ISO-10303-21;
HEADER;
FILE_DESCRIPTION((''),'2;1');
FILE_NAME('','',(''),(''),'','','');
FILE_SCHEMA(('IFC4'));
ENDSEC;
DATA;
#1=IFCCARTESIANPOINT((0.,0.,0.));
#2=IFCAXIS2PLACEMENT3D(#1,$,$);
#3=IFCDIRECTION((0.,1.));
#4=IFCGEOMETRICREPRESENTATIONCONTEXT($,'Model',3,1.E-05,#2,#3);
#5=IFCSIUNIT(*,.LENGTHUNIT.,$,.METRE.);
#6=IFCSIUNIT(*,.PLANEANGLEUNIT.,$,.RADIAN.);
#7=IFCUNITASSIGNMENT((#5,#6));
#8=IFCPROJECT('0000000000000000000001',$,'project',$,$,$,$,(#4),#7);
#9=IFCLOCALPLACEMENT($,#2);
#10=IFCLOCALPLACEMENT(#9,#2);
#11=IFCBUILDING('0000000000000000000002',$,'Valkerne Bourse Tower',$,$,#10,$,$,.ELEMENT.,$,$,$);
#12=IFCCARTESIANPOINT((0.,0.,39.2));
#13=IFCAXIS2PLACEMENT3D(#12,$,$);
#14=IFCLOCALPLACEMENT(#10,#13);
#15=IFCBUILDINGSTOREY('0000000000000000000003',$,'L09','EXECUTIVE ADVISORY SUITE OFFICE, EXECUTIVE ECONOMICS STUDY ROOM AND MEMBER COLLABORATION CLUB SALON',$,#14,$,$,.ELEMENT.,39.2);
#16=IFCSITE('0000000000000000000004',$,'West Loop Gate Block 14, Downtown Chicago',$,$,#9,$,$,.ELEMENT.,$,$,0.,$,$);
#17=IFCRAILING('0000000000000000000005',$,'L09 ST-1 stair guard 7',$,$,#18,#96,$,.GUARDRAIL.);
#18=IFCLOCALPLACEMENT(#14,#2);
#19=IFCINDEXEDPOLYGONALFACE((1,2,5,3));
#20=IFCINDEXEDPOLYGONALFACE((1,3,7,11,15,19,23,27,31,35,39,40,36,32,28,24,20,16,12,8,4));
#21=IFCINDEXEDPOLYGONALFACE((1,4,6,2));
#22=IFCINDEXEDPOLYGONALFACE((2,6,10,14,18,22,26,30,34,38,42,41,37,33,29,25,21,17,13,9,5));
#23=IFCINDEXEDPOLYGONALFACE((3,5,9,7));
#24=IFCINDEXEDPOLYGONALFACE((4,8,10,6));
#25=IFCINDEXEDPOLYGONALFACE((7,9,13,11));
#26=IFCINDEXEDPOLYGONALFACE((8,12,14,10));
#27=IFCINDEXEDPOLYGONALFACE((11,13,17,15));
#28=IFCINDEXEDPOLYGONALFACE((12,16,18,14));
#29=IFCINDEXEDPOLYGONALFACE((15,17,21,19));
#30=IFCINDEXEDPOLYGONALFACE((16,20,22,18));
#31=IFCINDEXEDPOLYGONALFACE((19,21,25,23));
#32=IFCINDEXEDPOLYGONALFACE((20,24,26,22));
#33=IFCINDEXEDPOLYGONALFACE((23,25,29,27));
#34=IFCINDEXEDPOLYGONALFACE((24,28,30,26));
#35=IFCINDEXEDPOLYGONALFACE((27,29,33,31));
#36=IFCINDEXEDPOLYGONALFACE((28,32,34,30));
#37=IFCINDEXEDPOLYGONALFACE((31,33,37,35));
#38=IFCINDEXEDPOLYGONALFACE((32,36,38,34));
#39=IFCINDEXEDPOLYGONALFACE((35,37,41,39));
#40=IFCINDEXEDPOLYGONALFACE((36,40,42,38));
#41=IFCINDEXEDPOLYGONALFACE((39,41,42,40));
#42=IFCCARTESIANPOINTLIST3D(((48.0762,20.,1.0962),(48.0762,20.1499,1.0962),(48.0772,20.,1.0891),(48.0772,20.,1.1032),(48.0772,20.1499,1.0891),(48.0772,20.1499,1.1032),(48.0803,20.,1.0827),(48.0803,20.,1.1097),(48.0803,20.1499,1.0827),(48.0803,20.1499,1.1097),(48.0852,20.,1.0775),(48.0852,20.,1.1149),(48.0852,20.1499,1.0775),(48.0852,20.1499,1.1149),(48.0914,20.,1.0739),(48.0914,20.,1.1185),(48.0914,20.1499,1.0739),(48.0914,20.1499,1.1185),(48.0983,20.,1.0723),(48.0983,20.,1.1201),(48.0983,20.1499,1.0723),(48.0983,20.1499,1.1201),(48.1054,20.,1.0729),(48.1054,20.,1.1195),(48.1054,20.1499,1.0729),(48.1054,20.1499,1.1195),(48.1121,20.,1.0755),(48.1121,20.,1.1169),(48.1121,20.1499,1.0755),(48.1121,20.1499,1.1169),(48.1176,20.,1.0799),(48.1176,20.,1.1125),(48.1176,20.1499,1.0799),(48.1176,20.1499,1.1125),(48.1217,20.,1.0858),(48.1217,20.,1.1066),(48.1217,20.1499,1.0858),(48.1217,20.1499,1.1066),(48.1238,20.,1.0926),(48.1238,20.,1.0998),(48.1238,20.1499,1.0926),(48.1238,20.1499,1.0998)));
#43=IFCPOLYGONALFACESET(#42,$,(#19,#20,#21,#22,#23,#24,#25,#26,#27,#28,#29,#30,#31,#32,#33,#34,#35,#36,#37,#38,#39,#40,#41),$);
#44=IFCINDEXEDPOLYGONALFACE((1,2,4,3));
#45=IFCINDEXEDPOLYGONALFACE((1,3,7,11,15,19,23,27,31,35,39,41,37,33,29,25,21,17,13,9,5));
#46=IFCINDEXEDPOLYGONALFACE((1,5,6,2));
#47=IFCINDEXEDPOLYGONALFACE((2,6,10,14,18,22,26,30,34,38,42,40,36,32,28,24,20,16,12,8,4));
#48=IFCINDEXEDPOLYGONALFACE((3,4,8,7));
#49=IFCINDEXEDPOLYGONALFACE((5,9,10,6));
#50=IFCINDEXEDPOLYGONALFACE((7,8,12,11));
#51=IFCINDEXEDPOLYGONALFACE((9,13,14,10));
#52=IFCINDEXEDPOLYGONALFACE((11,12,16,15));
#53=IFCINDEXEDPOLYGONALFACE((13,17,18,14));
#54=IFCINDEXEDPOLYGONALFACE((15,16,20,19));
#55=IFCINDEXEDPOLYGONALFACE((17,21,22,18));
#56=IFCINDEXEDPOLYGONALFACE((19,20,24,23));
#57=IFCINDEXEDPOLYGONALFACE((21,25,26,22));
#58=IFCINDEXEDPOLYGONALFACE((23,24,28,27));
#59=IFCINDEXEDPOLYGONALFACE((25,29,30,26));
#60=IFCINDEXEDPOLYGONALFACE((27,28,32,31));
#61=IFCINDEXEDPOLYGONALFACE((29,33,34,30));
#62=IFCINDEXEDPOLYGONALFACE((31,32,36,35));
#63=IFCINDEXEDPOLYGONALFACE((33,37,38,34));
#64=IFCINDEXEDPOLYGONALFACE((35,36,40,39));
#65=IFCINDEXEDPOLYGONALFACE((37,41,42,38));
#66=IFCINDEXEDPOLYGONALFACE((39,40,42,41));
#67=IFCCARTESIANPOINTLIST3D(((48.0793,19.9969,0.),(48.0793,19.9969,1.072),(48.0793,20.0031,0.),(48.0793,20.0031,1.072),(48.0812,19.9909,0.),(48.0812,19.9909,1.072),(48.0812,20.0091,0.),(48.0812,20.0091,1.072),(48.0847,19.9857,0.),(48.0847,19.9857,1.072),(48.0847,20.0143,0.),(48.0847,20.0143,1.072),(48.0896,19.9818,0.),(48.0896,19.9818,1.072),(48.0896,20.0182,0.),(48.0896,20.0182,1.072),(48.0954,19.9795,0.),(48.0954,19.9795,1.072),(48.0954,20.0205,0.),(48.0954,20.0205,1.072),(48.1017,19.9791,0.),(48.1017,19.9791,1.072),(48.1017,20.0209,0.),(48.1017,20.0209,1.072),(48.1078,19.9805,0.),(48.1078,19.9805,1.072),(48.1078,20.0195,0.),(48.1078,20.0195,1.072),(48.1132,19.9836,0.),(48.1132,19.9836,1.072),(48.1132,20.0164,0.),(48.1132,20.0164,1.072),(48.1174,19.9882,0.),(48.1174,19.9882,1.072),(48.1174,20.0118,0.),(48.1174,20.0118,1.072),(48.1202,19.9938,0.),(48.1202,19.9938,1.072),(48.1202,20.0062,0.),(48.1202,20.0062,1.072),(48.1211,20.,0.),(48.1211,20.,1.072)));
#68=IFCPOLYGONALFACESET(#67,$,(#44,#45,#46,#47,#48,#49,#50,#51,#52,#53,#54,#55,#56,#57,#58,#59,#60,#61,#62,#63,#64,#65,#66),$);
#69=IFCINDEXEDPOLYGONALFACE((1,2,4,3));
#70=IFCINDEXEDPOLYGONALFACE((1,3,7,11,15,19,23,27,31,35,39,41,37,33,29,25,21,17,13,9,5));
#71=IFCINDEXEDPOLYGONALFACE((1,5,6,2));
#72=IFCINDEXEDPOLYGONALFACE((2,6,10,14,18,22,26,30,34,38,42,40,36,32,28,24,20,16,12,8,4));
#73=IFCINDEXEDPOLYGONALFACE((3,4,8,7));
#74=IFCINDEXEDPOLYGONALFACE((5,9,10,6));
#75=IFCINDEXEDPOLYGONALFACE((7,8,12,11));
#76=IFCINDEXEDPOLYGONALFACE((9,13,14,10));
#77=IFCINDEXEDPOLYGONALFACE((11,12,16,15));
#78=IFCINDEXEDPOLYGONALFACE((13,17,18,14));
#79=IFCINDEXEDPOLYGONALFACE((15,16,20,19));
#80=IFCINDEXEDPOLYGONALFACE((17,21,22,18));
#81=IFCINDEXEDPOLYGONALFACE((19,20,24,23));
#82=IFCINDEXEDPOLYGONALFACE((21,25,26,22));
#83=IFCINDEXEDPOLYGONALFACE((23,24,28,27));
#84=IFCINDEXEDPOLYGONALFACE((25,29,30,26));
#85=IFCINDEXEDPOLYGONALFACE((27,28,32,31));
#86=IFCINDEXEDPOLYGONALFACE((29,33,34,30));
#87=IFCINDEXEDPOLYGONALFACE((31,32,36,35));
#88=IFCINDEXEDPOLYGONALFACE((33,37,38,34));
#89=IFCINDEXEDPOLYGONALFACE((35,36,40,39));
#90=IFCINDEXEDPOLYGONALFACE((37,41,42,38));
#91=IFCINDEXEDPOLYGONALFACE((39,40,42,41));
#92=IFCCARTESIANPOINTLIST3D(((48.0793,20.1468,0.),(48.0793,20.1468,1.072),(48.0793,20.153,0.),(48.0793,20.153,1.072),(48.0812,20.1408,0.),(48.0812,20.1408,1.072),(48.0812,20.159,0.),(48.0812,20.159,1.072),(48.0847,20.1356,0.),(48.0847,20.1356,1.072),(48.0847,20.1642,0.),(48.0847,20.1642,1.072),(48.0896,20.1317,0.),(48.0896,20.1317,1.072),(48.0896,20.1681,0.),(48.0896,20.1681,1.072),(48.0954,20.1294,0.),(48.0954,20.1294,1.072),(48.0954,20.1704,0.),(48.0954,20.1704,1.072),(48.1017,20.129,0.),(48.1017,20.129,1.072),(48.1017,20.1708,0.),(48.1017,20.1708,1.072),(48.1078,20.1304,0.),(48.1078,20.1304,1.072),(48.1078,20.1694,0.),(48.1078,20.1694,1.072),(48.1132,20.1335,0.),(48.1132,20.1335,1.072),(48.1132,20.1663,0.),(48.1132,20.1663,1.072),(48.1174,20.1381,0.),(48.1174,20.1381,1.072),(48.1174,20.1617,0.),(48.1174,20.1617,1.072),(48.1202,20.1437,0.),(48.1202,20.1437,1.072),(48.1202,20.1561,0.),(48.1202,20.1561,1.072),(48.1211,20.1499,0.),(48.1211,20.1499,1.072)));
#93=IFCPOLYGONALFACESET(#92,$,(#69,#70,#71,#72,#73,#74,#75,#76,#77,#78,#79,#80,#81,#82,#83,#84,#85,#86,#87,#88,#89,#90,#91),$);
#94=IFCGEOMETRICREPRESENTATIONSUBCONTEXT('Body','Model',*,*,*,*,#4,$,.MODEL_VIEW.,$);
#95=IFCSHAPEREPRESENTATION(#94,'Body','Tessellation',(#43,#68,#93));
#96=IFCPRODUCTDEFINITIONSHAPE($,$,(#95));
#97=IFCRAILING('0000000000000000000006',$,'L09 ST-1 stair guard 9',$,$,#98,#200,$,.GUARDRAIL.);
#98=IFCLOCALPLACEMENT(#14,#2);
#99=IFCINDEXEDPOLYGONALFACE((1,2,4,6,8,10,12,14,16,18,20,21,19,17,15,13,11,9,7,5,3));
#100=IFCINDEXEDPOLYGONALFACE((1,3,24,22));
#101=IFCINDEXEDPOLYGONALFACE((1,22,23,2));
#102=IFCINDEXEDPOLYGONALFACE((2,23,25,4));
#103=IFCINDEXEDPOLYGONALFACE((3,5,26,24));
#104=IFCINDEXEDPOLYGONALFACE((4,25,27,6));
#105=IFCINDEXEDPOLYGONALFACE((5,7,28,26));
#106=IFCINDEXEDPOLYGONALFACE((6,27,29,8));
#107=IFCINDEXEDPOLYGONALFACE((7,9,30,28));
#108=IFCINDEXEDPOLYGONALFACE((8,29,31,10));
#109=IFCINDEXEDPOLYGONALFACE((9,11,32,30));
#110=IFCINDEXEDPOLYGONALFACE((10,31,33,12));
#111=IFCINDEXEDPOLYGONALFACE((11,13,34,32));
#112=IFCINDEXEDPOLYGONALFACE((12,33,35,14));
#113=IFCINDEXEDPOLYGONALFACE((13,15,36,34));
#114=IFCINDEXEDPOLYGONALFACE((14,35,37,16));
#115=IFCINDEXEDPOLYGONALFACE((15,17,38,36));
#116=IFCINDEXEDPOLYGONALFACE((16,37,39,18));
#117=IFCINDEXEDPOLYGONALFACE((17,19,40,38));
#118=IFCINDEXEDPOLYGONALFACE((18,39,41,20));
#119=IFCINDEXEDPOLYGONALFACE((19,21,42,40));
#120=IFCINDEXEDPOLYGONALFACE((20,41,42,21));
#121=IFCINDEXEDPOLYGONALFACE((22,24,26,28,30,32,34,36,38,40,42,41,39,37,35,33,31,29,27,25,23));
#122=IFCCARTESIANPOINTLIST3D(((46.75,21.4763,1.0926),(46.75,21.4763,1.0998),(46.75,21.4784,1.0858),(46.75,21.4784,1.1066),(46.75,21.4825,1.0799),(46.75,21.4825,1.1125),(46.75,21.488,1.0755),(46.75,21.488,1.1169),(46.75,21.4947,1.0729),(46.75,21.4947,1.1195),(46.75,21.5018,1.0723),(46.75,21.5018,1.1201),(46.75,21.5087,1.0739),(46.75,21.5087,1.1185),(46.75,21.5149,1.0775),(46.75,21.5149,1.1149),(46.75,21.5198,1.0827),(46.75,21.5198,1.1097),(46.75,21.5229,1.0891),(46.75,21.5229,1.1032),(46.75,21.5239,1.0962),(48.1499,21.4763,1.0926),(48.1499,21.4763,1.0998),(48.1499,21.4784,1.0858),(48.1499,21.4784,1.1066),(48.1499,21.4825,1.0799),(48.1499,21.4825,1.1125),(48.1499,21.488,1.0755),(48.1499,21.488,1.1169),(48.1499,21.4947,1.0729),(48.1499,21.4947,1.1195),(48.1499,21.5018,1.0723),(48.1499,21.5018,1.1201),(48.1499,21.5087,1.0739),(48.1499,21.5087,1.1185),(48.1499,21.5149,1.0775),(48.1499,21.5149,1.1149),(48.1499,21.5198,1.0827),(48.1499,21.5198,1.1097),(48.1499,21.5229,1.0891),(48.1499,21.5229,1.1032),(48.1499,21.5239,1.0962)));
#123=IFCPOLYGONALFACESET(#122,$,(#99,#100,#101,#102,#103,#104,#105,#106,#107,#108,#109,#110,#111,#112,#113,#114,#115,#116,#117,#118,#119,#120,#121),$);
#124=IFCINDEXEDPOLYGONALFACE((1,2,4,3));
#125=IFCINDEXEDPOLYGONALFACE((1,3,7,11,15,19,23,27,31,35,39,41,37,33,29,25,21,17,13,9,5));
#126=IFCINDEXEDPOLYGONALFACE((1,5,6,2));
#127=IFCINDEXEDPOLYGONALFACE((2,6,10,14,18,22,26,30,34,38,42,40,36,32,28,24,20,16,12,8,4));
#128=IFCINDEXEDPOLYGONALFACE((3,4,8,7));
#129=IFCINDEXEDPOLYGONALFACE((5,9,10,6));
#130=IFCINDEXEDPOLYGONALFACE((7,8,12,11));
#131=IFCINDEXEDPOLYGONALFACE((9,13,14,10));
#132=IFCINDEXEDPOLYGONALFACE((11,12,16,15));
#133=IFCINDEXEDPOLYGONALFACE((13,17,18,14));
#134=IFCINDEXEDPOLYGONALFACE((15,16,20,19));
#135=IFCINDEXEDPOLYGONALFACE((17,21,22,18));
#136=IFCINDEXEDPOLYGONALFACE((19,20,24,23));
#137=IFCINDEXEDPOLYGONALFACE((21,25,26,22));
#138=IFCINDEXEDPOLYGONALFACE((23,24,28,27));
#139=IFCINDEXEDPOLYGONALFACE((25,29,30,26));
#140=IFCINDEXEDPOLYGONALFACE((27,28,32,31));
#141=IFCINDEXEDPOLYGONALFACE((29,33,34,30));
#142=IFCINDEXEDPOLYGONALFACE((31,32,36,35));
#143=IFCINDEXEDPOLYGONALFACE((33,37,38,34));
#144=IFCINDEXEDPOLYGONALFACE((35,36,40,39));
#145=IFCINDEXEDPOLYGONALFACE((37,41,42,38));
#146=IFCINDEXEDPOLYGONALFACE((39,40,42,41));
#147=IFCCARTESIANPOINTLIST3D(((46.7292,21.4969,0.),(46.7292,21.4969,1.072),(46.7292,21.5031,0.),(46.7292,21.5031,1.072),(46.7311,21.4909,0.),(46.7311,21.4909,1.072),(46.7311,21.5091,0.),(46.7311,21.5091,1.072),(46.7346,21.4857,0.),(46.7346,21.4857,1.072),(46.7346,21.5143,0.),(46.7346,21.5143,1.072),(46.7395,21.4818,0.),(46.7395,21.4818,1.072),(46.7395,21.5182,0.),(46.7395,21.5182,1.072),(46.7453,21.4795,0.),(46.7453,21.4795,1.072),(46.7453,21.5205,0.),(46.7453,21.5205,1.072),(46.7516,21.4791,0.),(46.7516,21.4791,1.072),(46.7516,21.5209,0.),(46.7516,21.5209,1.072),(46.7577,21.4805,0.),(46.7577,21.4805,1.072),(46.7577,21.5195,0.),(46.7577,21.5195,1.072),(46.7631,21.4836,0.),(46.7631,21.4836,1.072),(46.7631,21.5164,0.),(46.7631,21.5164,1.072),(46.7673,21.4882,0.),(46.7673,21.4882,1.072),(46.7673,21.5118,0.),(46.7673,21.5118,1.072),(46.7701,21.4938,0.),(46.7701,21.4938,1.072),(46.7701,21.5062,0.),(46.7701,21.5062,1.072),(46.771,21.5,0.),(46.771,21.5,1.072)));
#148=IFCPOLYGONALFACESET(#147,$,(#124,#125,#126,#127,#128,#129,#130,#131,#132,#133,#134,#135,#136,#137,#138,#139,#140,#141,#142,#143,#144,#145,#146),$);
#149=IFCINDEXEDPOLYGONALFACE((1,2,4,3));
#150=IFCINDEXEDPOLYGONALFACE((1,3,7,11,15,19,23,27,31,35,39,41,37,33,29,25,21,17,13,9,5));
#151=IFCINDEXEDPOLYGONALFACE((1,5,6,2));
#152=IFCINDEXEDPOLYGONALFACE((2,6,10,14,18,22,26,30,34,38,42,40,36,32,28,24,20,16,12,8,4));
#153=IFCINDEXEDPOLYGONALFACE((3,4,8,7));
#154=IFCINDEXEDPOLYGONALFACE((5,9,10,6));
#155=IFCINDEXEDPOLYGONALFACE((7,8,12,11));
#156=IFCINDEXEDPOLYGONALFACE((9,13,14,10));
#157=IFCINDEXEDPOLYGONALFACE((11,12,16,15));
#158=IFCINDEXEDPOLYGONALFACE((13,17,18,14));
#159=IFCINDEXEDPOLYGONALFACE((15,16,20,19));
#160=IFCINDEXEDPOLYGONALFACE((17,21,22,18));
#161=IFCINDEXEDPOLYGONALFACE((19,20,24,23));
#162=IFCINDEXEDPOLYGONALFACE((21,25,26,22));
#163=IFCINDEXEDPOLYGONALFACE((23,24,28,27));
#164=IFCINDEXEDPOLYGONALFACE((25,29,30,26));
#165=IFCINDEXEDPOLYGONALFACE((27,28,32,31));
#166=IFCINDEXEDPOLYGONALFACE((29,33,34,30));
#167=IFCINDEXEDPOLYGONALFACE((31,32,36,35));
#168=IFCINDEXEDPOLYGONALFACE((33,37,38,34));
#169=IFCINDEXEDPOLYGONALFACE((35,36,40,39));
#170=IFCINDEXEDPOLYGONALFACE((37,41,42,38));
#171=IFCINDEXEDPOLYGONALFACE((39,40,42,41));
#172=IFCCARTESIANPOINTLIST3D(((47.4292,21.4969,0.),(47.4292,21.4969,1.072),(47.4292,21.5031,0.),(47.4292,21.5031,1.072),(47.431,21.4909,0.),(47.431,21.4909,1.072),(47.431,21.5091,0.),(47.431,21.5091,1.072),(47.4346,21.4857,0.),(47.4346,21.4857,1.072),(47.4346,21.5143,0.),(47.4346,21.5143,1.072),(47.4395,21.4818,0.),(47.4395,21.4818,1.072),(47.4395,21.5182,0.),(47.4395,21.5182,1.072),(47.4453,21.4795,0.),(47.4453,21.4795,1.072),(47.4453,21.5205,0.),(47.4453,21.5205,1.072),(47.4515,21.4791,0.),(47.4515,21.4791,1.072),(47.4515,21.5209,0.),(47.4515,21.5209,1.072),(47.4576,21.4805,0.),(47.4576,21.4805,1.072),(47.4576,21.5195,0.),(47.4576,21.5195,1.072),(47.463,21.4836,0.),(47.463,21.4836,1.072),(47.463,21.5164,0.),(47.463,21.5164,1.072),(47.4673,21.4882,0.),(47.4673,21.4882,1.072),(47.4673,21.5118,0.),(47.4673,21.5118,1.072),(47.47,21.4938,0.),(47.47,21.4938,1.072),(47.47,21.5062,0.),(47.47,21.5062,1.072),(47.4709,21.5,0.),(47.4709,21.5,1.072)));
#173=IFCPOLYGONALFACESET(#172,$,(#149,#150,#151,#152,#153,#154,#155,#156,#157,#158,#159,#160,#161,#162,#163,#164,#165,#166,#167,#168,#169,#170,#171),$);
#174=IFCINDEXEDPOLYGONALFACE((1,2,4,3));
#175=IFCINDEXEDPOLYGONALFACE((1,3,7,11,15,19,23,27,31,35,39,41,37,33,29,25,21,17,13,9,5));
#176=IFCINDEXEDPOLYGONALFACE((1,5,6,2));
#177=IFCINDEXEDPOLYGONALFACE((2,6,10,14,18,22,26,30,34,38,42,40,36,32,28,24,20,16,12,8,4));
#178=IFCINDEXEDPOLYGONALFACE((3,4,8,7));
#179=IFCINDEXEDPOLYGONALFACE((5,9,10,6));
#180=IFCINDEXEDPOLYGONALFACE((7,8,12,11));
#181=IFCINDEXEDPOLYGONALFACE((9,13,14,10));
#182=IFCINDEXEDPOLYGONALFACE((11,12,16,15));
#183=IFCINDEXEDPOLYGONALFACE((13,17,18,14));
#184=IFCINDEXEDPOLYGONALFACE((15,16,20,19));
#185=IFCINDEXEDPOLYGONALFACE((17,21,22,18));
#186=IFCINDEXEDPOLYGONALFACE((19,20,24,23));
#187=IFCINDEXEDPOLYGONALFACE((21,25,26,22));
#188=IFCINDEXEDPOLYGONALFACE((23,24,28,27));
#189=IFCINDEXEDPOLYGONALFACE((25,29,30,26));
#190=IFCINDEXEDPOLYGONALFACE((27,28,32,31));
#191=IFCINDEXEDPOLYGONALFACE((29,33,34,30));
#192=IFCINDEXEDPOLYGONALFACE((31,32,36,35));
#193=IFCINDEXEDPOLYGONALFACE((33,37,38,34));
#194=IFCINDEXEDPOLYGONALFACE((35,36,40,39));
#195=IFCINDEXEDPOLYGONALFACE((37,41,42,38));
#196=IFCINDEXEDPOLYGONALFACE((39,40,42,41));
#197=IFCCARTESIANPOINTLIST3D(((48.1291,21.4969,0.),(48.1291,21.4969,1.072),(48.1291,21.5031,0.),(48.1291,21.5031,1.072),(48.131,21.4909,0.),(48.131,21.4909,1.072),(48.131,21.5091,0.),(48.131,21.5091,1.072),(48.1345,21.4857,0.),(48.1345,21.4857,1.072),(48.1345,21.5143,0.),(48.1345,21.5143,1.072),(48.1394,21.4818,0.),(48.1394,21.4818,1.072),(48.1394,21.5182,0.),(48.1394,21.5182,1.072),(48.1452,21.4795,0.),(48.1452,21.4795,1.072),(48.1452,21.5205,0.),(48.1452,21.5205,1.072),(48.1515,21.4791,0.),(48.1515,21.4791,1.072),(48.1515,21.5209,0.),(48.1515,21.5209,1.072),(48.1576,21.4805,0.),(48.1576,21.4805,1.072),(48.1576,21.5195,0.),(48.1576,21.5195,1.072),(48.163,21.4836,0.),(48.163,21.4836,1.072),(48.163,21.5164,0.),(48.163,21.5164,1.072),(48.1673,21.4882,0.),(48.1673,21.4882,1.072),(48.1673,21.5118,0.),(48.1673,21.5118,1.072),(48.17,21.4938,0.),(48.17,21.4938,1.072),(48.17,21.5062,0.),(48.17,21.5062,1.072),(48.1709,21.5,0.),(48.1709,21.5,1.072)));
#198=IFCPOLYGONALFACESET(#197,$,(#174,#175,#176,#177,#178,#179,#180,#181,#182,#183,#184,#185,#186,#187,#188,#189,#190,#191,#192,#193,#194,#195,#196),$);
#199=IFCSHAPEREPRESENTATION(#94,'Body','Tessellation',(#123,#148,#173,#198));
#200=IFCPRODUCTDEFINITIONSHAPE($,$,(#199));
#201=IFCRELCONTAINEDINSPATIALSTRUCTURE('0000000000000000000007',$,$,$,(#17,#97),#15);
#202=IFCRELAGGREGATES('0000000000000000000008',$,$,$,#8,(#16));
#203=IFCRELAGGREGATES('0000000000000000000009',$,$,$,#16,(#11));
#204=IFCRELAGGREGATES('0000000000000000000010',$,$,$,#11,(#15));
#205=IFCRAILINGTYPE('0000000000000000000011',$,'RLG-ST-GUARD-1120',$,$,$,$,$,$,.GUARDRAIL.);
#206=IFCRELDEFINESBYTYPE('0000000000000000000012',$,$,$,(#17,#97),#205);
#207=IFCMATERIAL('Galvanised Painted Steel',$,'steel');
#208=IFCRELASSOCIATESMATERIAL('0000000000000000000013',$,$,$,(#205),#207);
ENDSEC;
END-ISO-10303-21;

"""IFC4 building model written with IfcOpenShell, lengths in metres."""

from ifc_helpers import new_model, si_unit, direction, frame, origin, origin_2d, place, context, subcontext, project, spatial, circle, extrude, material, type_object, element, save


model = new_model("IFC4")

# Units and contexts
model_context = context("Model", 3, precision=1e-05, world=origin(), true_north=direction((0.0, 1.0)))
body_context = subcontext(model_context, "Body", "Model", "MODEL_VIEW")
ifc_project = project(units=[si_unit("LENGTHUNIT", "METRE"), si_unit("PLANEANGLEUNIT", "RADIAN")], contexts=[model_context])

# Site, building, storey
site_placement = place(None, origin())
site = spatial("IfcSite", under=ifc_project, at=site_placement, Name="West Loop Gate Block 14, Downtown Chicago", CompositionType="ELEMENT", RefElevation=0.0)
building_placement = place(site_placement, origin())
building = spatial("IfcBuilding", under=site, at=building_placement, Name="Valkerne Bourse Tower", CompositionType="ELEMENT")
storey_placement = place(building_placement, frame((0.0, 0.0, 39.2)))
storey = spatial("IfcBuildingStorey", under=building, at=storey_placement, Name="L09", Description="EXECUTIVE ADVISORY SUITE OFFICE, EXECUTIVE ECONOMICS STUDY ROOM AND MEMBER COLLABORATION CLUB SALON", CompositionType="ELEMENT", Elevation=39.2)

# Shared definitions
ifc_material_1 = material(Name="Galvanised Painted Steel", Category="steel")

# Railings
railing_type_1 = type_object("IfcRailingType", Name="RLG-ST-GUARD-1120", PredefinedType="GUARDRAIL", material=ifc_material_1)
railing_1_placement = place(storey_placement, frame((48.1001, 20.0, 0.0)))
element("IfcRailing", 1, at=railing_1_placement, inside=storey, type_object=railing_type_1, Name="L09 ST-1 stair guard 7", PredefinedType="GUARDRAIL", context=body_context, shape_type="SweptSolid", body=[
    extrude(circle(Radius=0.0239, at=origin_2d()), frame((0.0, 0.0, 1.0962), z_axis=(0.0, 1.0, 0.0), x_axis=(-1.0, 0.0, 0.0)), (0.0, 0.0, 1.0), 0.1499),
    extrude(circle(Radius=0.021, at=origin_2d()), origin(), (0.0, 0.0, 1.0), 1.072),
    extrude(circle(Radius=0.021, at=origin_2d()), frame((0.0, 0.1499, 0.0)), (0.0, 0.0, 1.0), 1.072),
])
railing_2_placement = place(storey_placement, frame((46.75, 21.5, 0.0)))
element("IfcRailing", 2, at=railing_2_placement, inside=storey, type_object=railing_type_1, Name="L09 ST-1 stair guard 9", PredefinedType="GUARDRAIL", context=body_context, shape_type="SweptSolid", body=[
    extrude(circle(Radius=0.0239, at=origin_2d()), frame((0.0, 0.0, 1.0962), z_axis=(1.0, 0.0, 0.0), x_axis=(0.0, 1.0, 0.0)), (0.0, 0.0, 1.0), 1.3999),
    extrude(circle(Radius=0.021, at=origin_2d()), origin(), (0.0, 0.0, 1.0), 1.072),
    extrude(circle(Radius=0.021, at=origin_2d()), frame((0.7, 0.0, 0.0)), (0.0, 0.0, 1.0), 1.072),
    extrude(circle(Radius=0.021, at=origin_2d()), frame((1.3999, 0.0, 0.0)), (0.0, 0.0, 1.0), 1.072),
])

save(model, "model.ifc")
